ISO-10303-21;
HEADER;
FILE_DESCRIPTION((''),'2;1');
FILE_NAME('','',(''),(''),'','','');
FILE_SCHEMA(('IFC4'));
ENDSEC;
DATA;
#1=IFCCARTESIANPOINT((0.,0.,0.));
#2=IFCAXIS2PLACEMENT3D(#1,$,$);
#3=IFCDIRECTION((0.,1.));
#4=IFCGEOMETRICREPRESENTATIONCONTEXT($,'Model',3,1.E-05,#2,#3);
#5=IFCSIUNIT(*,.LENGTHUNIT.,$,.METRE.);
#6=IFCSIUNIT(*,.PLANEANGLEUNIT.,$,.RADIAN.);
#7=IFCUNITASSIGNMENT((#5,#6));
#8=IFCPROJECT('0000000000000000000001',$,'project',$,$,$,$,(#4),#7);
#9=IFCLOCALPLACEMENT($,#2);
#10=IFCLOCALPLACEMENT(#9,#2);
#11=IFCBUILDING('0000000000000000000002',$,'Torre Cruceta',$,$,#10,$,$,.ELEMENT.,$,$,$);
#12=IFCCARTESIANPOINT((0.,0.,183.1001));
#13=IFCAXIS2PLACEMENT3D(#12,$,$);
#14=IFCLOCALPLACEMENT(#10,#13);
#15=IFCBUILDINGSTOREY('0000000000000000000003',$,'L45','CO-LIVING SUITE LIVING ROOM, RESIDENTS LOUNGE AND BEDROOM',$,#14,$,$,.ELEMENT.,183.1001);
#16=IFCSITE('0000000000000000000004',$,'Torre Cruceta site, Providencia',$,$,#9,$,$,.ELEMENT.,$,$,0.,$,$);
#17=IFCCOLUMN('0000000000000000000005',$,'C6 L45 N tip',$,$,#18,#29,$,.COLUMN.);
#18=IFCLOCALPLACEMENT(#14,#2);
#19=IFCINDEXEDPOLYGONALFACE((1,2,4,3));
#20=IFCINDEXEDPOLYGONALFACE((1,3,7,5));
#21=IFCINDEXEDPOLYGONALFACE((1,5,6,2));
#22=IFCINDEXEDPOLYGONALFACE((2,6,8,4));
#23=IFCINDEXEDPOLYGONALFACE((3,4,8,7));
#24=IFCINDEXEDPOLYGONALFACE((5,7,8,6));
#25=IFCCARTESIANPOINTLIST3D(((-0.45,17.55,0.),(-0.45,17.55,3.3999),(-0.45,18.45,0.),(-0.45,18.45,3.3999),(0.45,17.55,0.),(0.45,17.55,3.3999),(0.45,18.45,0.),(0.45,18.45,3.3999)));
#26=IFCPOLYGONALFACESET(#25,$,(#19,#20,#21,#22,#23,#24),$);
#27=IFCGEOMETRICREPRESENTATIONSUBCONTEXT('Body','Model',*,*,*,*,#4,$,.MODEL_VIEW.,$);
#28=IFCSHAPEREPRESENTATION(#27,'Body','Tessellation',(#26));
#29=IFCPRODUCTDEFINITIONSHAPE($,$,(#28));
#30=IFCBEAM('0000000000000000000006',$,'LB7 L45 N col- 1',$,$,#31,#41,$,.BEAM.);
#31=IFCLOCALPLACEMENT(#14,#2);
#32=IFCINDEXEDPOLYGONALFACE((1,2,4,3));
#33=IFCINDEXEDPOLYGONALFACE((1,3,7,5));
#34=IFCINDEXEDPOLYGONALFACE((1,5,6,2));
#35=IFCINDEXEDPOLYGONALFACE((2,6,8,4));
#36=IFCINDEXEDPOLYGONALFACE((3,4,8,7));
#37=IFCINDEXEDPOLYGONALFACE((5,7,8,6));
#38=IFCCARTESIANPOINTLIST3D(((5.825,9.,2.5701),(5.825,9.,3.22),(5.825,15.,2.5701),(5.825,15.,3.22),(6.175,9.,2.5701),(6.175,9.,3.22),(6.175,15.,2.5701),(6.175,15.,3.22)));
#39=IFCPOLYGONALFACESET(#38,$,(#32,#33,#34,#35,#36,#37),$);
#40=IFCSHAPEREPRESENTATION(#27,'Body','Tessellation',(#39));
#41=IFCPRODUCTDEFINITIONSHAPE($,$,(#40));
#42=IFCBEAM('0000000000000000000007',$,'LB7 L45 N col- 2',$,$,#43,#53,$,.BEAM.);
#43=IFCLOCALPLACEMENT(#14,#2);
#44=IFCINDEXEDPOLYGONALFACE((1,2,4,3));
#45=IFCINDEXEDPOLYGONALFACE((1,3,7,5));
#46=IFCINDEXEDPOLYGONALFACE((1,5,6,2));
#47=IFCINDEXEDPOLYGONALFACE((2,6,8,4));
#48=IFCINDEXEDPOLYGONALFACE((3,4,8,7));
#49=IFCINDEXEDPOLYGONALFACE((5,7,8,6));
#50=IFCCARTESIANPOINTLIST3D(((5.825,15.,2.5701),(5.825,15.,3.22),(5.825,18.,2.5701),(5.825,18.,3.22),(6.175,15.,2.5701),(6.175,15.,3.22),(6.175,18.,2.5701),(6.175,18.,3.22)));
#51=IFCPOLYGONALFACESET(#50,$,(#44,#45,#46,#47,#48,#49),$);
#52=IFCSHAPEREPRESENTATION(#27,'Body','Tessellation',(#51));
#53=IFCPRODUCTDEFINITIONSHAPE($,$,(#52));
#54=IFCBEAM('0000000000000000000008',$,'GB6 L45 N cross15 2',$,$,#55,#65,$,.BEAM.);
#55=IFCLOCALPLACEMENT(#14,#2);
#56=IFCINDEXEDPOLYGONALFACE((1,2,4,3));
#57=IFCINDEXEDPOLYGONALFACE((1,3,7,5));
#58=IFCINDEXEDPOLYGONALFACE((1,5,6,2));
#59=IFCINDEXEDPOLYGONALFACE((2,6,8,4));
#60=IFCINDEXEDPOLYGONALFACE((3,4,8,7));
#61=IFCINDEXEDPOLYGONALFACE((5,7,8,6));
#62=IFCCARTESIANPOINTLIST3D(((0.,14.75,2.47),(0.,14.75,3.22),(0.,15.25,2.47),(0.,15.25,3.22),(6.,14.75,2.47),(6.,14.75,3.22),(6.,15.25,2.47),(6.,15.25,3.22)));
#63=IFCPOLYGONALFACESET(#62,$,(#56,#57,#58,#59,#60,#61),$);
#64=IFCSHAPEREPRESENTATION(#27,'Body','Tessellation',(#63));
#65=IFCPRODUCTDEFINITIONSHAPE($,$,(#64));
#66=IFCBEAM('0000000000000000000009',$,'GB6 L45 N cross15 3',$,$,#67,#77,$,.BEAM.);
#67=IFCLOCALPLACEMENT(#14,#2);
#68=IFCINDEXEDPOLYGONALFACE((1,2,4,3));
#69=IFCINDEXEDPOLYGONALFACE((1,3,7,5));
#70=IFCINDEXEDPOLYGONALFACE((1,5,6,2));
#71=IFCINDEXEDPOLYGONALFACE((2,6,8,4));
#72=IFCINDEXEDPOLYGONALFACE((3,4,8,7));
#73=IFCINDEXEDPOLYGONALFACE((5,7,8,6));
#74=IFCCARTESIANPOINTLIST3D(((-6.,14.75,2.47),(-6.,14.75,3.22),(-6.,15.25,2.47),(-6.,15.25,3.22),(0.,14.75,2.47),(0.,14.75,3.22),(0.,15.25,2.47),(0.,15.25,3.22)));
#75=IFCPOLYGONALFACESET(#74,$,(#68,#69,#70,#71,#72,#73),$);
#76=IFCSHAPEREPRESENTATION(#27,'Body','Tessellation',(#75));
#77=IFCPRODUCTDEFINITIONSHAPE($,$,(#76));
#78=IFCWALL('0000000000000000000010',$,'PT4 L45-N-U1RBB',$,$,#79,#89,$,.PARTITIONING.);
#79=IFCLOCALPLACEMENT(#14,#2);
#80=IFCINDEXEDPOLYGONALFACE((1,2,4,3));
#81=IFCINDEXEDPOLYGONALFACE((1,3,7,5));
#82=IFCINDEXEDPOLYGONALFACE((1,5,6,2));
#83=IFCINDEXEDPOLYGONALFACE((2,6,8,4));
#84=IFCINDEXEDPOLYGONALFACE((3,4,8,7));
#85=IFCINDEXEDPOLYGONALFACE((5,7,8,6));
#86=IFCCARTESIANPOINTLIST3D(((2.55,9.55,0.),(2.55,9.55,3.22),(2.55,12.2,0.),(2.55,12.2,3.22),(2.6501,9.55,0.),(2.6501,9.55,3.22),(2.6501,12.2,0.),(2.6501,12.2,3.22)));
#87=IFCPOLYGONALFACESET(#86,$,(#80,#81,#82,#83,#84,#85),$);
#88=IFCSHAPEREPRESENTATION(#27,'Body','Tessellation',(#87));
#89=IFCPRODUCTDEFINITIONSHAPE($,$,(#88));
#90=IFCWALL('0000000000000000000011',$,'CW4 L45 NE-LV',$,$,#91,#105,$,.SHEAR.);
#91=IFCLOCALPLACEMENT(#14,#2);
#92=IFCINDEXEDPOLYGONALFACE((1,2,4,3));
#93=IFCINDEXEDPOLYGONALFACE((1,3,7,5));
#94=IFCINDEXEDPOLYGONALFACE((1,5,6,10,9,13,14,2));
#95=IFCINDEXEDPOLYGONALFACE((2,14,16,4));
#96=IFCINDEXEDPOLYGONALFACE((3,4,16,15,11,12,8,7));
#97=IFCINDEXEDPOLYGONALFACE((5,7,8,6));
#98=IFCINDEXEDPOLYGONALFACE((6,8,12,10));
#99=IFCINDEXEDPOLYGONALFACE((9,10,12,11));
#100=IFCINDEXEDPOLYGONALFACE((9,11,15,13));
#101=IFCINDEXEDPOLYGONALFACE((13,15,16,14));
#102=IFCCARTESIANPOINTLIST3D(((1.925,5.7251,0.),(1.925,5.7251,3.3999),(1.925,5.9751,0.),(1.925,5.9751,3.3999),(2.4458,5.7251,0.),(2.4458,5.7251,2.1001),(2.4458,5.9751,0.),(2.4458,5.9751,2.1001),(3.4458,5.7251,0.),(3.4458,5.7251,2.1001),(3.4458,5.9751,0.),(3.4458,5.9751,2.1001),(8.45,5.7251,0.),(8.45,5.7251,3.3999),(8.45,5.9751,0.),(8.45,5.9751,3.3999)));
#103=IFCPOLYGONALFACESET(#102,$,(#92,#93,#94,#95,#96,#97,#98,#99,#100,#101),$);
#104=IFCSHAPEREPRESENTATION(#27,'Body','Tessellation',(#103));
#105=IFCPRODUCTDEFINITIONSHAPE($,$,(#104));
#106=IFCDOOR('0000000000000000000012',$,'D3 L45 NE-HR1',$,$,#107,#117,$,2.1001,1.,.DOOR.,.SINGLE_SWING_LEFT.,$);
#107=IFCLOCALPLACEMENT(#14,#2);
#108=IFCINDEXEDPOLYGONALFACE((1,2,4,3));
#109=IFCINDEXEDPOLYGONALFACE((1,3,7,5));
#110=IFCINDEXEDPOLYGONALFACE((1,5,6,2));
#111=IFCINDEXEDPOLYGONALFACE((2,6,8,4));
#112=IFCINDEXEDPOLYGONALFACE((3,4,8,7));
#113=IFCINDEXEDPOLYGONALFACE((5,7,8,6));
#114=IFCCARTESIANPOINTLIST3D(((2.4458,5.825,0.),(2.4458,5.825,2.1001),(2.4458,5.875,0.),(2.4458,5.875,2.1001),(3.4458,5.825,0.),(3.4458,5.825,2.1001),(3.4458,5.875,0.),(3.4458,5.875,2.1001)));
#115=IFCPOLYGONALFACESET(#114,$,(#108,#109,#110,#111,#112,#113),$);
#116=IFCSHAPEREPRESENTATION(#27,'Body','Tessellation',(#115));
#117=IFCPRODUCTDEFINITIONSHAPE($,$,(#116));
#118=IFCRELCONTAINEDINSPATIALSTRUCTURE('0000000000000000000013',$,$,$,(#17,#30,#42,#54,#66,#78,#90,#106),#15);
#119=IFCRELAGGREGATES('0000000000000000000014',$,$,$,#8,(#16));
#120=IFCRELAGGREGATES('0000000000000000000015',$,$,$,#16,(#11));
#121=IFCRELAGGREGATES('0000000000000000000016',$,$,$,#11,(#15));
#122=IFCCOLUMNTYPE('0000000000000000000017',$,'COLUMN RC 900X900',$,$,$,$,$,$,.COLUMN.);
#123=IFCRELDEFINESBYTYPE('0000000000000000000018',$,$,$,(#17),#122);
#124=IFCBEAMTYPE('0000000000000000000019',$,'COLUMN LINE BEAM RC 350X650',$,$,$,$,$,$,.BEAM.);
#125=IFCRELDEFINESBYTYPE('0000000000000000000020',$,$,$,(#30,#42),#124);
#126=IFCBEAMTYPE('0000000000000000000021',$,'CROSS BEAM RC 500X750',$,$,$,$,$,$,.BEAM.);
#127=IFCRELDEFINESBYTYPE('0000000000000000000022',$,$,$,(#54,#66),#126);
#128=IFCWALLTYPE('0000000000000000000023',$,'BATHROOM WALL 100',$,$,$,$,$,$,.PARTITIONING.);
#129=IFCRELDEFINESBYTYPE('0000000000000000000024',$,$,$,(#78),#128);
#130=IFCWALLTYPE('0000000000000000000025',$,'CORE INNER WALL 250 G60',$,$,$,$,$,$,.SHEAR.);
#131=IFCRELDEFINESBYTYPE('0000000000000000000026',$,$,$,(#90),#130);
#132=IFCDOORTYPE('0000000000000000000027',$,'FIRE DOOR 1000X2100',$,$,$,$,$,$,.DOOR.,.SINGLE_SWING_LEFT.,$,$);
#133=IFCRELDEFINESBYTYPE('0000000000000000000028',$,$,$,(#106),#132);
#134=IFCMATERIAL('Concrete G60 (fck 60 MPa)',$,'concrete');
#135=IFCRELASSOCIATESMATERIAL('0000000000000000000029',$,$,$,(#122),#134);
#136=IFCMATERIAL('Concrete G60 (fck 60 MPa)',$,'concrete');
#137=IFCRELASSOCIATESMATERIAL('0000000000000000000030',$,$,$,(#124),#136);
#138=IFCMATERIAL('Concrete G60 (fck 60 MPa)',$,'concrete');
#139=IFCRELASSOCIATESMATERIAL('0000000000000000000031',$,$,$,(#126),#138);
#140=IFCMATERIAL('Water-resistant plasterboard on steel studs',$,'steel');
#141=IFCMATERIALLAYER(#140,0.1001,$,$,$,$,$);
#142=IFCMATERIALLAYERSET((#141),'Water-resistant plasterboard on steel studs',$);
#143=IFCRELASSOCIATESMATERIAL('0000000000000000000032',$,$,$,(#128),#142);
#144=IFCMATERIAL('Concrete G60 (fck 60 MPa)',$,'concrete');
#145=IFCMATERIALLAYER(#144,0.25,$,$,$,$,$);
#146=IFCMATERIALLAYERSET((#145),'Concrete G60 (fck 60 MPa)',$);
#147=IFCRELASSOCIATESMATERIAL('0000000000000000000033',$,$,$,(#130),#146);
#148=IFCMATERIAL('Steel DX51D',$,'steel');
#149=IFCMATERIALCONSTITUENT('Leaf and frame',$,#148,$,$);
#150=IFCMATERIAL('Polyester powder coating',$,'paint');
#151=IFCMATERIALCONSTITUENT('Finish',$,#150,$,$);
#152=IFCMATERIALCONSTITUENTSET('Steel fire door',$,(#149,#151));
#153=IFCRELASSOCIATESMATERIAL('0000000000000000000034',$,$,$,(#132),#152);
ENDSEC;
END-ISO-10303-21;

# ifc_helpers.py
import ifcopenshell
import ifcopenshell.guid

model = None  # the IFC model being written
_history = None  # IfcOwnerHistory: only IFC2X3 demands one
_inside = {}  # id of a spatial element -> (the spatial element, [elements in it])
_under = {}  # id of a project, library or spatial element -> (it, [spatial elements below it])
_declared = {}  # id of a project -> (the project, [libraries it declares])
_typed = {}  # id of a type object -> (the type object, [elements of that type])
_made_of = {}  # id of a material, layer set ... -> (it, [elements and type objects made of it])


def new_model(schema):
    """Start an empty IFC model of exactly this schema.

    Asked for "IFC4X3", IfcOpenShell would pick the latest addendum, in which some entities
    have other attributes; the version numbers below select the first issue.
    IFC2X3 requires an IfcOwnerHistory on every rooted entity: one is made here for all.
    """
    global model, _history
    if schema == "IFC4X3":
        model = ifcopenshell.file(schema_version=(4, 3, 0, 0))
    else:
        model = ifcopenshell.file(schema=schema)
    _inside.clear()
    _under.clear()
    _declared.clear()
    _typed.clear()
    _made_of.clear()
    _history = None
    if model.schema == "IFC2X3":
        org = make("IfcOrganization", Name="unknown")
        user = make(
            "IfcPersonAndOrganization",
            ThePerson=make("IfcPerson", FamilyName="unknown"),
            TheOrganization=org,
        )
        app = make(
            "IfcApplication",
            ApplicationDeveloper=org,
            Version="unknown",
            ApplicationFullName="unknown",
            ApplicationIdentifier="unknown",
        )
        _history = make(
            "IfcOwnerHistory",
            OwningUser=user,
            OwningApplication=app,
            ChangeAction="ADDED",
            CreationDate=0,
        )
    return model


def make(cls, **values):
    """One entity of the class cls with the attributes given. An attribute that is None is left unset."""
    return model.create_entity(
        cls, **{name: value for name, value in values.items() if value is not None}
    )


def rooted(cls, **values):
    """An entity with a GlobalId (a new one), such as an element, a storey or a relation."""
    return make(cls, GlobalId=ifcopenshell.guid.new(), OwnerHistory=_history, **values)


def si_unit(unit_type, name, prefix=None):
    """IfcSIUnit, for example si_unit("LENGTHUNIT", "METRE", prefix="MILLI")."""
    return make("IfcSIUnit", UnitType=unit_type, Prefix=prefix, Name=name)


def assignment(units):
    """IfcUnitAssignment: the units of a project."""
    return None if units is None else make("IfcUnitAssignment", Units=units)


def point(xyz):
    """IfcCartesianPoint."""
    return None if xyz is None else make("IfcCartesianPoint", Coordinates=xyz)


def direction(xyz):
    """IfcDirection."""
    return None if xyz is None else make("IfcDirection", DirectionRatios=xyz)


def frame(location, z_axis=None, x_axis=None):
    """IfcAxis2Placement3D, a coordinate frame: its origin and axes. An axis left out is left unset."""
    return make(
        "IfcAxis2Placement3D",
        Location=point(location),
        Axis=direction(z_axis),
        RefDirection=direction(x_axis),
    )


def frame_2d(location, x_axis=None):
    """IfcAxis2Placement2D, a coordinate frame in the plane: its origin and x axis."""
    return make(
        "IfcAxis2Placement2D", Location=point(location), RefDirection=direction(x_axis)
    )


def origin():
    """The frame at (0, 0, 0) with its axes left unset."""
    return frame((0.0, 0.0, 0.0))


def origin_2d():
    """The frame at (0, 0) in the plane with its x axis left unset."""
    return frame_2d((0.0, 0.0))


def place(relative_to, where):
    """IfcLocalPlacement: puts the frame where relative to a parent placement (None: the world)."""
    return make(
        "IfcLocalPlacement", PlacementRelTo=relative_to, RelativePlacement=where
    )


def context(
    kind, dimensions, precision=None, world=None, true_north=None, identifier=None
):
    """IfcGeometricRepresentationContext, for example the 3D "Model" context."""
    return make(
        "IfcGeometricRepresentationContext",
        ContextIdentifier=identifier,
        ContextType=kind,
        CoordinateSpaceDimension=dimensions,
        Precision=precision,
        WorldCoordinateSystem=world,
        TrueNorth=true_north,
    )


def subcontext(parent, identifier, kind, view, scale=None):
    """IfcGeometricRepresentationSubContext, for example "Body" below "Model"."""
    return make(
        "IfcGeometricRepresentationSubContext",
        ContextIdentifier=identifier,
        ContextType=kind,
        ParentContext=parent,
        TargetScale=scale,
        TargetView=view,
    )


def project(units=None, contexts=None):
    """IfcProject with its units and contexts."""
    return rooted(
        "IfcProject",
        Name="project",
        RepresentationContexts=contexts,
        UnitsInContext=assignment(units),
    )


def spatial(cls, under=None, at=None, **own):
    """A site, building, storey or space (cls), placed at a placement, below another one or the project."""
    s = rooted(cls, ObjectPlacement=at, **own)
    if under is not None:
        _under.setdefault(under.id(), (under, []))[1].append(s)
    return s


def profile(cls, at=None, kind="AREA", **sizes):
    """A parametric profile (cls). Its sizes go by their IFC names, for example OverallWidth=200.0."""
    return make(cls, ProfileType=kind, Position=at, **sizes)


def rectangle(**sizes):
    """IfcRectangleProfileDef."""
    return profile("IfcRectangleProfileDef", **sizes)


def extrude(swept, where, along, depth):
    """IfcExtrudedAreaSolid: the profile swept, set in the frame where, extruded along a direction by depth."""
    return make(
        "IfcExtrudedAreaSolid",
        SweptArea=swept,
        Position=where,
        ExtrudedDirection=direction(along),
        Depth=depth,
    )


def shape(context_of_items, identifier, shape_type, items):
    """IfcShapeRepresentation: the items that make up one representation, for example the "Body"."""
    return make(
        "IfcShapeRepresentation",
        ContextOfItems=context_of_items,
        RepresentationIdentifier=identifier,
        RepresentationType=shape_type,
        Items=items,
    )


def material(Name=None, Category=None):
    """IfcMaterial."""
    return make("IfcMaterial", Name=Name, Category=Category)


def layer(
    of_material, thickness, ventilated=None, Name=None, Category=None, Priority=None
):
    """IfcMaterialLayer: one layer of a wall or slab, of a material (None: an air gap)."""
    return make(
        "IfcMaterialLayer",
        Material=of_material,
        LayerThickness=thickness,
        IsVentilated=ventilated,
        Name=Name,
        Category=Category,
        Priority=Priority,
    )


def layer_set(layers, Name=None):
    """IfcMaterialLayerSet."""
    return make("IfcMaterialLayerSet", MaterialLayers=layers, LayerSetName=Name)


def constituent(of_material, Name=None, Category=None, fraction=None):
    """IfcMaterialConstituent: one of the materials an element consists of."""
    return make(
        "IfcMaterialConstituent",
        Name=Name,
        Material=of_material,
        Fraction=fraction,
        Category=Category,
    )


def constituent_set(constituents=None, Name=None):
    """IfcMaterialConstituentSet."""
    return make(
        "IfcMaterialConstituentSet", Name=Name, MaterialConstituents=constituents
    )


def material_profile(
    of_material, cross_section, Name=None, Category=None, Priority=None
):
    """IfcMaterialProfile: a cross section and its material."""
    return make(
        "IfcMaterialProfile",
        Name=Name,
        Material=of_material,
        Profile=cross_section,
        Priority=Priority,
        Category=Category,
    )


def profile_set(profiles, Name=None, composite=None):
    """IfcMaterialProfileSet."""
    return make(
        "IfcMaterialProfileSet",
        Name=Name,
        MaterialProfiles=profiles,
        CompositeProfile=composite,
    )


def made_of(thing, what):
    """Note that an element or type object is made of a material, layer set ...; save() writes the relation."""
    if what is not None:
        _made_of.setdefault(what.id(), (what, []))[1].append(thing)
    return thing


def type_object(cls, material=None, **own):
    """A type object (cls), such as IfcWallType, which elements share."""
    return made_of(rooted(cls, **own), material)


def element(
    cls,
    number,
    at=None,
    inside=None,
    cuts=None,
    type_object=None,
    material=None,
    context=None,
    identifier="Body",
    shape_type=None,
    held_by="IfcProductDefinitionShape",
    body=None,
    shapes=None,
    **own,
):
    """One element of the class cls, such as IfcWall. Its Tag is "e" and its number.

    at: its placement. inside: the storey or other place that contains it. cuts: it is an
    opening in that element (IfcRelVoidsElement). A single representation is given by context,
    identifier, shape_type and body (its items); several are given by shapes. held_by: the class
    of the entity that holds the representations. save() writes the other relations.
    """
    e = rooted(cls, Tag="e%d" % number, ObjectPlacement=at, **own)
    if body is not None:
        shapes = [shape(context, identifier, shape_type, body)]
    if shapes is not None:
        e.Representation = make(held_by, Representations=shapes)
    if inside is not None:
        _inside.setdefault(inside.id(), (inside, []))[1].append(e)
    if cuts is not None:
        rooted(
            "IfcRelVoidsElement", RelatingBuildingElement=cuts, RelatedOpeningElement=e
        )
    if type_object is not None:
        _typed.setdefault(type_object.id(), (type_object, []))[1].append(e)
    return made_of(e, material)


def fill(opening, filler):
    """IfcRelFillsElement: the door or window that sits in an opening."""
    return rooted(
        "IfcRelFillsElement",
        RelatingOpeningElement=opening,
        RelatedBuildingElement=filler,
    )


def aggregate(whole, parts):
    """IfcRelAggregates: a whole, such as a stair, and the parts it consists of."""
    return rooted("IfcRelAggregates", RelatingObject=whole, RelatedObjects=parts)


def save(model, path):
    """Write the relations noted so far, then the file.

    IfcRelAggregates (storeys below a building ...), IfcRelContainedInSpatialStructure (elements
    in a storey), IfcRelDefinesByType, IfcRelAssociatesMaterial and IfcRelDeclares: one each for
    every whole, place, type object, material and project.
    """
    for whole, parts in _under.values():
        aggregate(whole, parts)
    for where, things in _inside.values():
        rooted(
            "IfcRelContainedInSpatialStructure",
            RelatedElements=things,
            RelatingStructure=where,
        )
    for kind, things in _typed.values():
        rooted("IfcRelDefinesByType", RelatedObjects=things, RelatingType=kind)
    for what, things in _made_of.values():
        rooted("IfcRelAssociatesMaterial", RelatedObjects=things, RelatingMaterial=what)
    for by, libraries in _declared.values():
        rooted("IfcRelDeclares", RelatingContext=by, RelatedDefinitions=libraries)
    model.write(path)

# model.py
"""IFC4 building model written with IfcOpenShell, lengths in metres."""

from ifc_helpers import new_model, si_unit, direction, frame, frame_2d, origin, origin_2d, place, context, subcontext, project, spatial, rectangle, extrude, material, layer, layer_set, constituent, constituent_set, material_profile, profile_set, type_object, element, fill, save


model = new_model("IFC4")

# Units and contexts
model_context = context("Model", 3, precision=1e-05, world=origin(), true_north=direction((0.0, 1.0)))
body_context = subcontext(model_context, "Body", "Model", "MODEL_VIEW")
ifc_project = project(units=[si_unit("LENGTHUNIT", "METRE"), si_unit("PLANEANGLEUNIT", "RADIAN")], contexts=[model_context])

# Site, building, storey
site_placement = place(None, origin())
site = spatial("IfcSite", under=ifc_project, at=site_placement, Name="Torre Cruceta site, Providencia", CompositionType="ELEMENT", RefElevation=0.0)
building_placement = place(site_placement, origin())
building = spatial("IfcBuilding", under=site, at=building_placement, Name="Torre Cruceta", CompositionType="ELEMENT")
storey_placement = place(building_placement, frame((0.0, 0.0, 183.1001)))
storey = spatial("IfcBuildingStorey", under=building, at=storey_placement, Name="L45", Description="CO-LIVING SUITE LIVING ROOM, RESIDENTS LOUNGE AND BEDROOM", CompositionType="ELEMENT", Elevation=183.1001)

# Column
ifc_material_1 = material(Name="Concrete G60 (fck 60 MPa)", Category="concrete")
ifc_material_profile_1 = material_profile(ifc_material_1, rectangle(XDim=0.8999, YDim=0.8999, at=origin_2d()), Name="RC 900X900")
ifc_profile_set_1 = profile_set([ifc_material_profile_1], Name="Concrete G60 (fck 60 MPa)")
column_type = type_object("IfcColumnType", Name="COLUMN RC 900X900", PredefinedType="COLUMN", material=ifc_profile_set_1)
column_placement = place(storey_placement, frame((0.0, 18.0, 0.0), z_axis=(0.0, 0.0, 1.0), x_axis=(1.0, 0.0, 0.0)))
element("IfcColumn", 1, at=column_placement, inside=storey, type_object=column_type, Name="C6 L45 N tip", PredefinedType="COLUMN", context=body_context, shape_type="SweptSolid", body=[
    extrude(rectangle(XDim=0.8999, YDim=0.8999, at=origin_2d()), origin(), (0.0, 0.0, 1.0), 3.3999),
])

# Beams
ifc_material_2 = material(Name="Concrete G60 (fck 60 MPa)", Category="concrete")
ifc_material_profile_2 = material_profile(ifc_material_2, rectangle(XDim=0.3501, YDim=0.6499, at=origin_2d()), Name="RC 350X650")
ifc_profile_set_2 = profile_set([ifc_material_profile_2], Name="Concrete G60 (fck 60 MPa)")
beam_type_1 = type_object("IfcBeamType", Name="COLUMN LINE BEAM RC 350X650", PredefinedType="BEAM", material=ifc_profile_set_2)
beam_1_placement = place(storey_placement, frame((6.0, 9.0, 2.895), z_axis=(0.0, 1.0, 0.0), x_axis=(-1.0, 0.0, 0.0)))
element("IfcBeam", 2, at=beam_1_placement, inside=storey, type_object=beam_type_1, Name="LB7 L45 N col- 1", PredefinedType="BEAM", context=body_context, shape_type="SweptSolid", body=[
    extrude(rectangle(XDim=0.3501, YDim=0.6499, at=origin_2d()), origin(), (0.0, 0.0, 1.0), 6.0),
])
beam_2_placement = place(storey_placement, frame((6.0, 15.0, 2.895), z_axis=(0.0, 1.0, 0.0), x_axis=(-1.0, 0.0, 0.0)))
element("IfcBeam", 3, at=beam_2_placement, inside=storey, type_object=beam_type_1, Name="LB7 L45 N col- 2", PredefinedType="BEAM", context=body_context, shape_type="SweptSolid", body=[
    extrude(rectangle(XDim=0.3501, YDim=0.6499, at=origin_2d()), origin(), (0.0, 0.0, 1.0), 3.0),
])
ifc_material_3 = material(Name="Concrete G60 (fck 60 MPa)", Category="concrete")
ifc_material_profile_3 = material_profile(ifc_material_3, rectangle(XDim=0.5, YDim=0.75, at=origin_2d()), Name="RC 500X750")
ifc_profile_set_3 = profile_set([ifc_material_profile_3], Name="Concrete G60 (fck 60 MPa)")
beam_type_2 = type_object("IfcBeamType", Name="CROSS BEAM RC 500X750", PredefinedType="BEAM", material=ifc_profile_set_3)
for number, where, z_axis, x_axis, name in (
    (4, (6.0, 15.0, 2.845), (-1.0, 0.0, 0.0), (0.0, -1.0, 0.0), "GB6 L45 N cross15 2"),
    (5, (0.0, 15.0, 2.845), (-1.0, 0.0, 0.0), (0.0, -1.0, 0.0), "GB6 L45 N cross15 3"),
):
    element("IfcBeam", number, at=place(storey_placement, frame(where, z_axis=z_axis, x_axis=x_axis)), inside=storey, type_object=beam_type_2, Name=name, PredefinedType="BEAM", context=body_context, shape_type="SweptSolid", body=[
        extrude(rectangle(XDim=0.5, YDim=0.75, at=origin_2d()), origin(), (0.0, 0.0, 1.0), 6.0),
    ])

# Wall
ifc_material_4 = material(Name="Water-resistant plasterboard on steel studs", Category="steel")
ifc_layer_1 = layer(ifc_material_4, 0.1001)
ifc_layer_set_1 = layer_set([ifc_layer_1], Name="Water-resistant plasterboard on steel studs")
wall_type_1 = type_object("IfcWallType", Name="BATHROOM WALL 100", PredefinedType="PARTITIONING", material=ifc_layer_set_1)
wall_1_placement = place(storey_placement, frame((2.6001, 9.55, 0.0), z_axis=(0.0, 0.0, 1.0), x_axis=(0.0, 1.0, 0.0)))
element("IfcWall", 6, at=wall_1_placement, inside=storey, type_object=wall_type_1, Name="PT4 L45-N-U1RBB", PredefinedType="PARTITIONING", context=body_context, shape_type="SweptSolid", body=[
    extrude(rectangle(XDim=2.6499, YDim=0.1001, at=frame_2d((1.325, 0.0))), origin(), (0.0, 0.0, 1.0), 3.22),
])

# Wall, opening, door
ifc_material_5 = material(Name="Concrete G60 (fck 60 MPa)", Category="concrete")
ifc_layer_2 = layer(ifc_material_5, 0.25)
ifc_layer_set_2 = layer_set([ifc_layer_2], Name="Concrete G60 (fck 60 MPa)")
wall_type_2 = type_object("IfcWallType", Name="CORE INNER WALL 250 G60", PredefinedType="SHEAR", material=ifc_layer_set_2)
wall_2_placement = place(storey_placement, frame((1.925, 5.8501, 0.0), z_axis=(0.0, 0.0, 1.0), x_axis=(1.0, 0.0, 0.0)))
wall_2 = element("IfcWall", 7, at=wall_2_placement, inside=storey, type_object=wall_type_2, Name="CW4 L45 NE-LV", PredefinedType="SHEAR", context=body_context, shape_type="SweptSolid", body=[
    extrude(rectangle(XDim=6.5249, YDim=0.25, at=frame_2d((3.2625, 0.0))), origin(), (0.0, 0.0, 1.0), 3.3999),
])
opening_1_placement = place(wall_2_placement, frame((0.5208, 0.0, 0.0)))
opening_1 = element("IfcOpeningElement", 8, at=opening_1_placement, cuts=wall_2, PredefinedType="OPENING", context=body_context, shape_type="SweptSolid", body=[
    extrude(rectangle(XDim=1.0, YDim=2.1001, at=frame_2d((0.5, 1.05))), frame((0.0, 0.135, 0.0), z_axis=(0.0, -1.0, 0.0), x_axis=(1.0, 0.0, 0.0)), (0.0, 0.0, 1.0), 0.27),
])
ifc_material_6 = material(Name="Steel DX51D", Category="steel")
ifc_constituent_1 = constituent(ifc_material_6, Name="Leaf and frame")
ifc_material_7 = material(Name="Polyester powder coating", Category="paint")
ifc_constituent_2 = constituent(ifc_material_7, Name="Finish")
ifc_constituent_set_1 = constituent_set(constituents=[ifc_constituent_1, ifc_constituent_2], Name="Steel fire door")
door_type_1 = type_object("IfcDoorType", Name="FIRE DOOR 1000X2100", OperationType="SINGLE_SWING_LEFT", PredefinedType="DOOR", material=ifc_constituent_set_1)
door_1_placement = place(opening_1_placement, origin())
door_1 = element("IfcDoor", 9, at=door_1_placement, inside=storey, type_object=door_type_1, Name="D3 L45 NE-HR1", OperationType="SINGLE_SWING_LEFT", OverallHeight=2.1001, OverallWidth=1.0, PredefinedType="DOOR", context=body_context, shape_type="SweptSolid", body=[
    extrude(rectangle(XDim=1.0, YDim=2.1001, at=frame_2d((0.5, 1.05))), frame((0.0, 0.0249, 0.0), z_axis=(0.0, -1.0, 0.0), x_axis=(1.0, 0.0, 0.0)), (0.0, 0.0, 1.0), 0.05),
])
fill(opening_1, door_1)

save(model, "model.ifc")
